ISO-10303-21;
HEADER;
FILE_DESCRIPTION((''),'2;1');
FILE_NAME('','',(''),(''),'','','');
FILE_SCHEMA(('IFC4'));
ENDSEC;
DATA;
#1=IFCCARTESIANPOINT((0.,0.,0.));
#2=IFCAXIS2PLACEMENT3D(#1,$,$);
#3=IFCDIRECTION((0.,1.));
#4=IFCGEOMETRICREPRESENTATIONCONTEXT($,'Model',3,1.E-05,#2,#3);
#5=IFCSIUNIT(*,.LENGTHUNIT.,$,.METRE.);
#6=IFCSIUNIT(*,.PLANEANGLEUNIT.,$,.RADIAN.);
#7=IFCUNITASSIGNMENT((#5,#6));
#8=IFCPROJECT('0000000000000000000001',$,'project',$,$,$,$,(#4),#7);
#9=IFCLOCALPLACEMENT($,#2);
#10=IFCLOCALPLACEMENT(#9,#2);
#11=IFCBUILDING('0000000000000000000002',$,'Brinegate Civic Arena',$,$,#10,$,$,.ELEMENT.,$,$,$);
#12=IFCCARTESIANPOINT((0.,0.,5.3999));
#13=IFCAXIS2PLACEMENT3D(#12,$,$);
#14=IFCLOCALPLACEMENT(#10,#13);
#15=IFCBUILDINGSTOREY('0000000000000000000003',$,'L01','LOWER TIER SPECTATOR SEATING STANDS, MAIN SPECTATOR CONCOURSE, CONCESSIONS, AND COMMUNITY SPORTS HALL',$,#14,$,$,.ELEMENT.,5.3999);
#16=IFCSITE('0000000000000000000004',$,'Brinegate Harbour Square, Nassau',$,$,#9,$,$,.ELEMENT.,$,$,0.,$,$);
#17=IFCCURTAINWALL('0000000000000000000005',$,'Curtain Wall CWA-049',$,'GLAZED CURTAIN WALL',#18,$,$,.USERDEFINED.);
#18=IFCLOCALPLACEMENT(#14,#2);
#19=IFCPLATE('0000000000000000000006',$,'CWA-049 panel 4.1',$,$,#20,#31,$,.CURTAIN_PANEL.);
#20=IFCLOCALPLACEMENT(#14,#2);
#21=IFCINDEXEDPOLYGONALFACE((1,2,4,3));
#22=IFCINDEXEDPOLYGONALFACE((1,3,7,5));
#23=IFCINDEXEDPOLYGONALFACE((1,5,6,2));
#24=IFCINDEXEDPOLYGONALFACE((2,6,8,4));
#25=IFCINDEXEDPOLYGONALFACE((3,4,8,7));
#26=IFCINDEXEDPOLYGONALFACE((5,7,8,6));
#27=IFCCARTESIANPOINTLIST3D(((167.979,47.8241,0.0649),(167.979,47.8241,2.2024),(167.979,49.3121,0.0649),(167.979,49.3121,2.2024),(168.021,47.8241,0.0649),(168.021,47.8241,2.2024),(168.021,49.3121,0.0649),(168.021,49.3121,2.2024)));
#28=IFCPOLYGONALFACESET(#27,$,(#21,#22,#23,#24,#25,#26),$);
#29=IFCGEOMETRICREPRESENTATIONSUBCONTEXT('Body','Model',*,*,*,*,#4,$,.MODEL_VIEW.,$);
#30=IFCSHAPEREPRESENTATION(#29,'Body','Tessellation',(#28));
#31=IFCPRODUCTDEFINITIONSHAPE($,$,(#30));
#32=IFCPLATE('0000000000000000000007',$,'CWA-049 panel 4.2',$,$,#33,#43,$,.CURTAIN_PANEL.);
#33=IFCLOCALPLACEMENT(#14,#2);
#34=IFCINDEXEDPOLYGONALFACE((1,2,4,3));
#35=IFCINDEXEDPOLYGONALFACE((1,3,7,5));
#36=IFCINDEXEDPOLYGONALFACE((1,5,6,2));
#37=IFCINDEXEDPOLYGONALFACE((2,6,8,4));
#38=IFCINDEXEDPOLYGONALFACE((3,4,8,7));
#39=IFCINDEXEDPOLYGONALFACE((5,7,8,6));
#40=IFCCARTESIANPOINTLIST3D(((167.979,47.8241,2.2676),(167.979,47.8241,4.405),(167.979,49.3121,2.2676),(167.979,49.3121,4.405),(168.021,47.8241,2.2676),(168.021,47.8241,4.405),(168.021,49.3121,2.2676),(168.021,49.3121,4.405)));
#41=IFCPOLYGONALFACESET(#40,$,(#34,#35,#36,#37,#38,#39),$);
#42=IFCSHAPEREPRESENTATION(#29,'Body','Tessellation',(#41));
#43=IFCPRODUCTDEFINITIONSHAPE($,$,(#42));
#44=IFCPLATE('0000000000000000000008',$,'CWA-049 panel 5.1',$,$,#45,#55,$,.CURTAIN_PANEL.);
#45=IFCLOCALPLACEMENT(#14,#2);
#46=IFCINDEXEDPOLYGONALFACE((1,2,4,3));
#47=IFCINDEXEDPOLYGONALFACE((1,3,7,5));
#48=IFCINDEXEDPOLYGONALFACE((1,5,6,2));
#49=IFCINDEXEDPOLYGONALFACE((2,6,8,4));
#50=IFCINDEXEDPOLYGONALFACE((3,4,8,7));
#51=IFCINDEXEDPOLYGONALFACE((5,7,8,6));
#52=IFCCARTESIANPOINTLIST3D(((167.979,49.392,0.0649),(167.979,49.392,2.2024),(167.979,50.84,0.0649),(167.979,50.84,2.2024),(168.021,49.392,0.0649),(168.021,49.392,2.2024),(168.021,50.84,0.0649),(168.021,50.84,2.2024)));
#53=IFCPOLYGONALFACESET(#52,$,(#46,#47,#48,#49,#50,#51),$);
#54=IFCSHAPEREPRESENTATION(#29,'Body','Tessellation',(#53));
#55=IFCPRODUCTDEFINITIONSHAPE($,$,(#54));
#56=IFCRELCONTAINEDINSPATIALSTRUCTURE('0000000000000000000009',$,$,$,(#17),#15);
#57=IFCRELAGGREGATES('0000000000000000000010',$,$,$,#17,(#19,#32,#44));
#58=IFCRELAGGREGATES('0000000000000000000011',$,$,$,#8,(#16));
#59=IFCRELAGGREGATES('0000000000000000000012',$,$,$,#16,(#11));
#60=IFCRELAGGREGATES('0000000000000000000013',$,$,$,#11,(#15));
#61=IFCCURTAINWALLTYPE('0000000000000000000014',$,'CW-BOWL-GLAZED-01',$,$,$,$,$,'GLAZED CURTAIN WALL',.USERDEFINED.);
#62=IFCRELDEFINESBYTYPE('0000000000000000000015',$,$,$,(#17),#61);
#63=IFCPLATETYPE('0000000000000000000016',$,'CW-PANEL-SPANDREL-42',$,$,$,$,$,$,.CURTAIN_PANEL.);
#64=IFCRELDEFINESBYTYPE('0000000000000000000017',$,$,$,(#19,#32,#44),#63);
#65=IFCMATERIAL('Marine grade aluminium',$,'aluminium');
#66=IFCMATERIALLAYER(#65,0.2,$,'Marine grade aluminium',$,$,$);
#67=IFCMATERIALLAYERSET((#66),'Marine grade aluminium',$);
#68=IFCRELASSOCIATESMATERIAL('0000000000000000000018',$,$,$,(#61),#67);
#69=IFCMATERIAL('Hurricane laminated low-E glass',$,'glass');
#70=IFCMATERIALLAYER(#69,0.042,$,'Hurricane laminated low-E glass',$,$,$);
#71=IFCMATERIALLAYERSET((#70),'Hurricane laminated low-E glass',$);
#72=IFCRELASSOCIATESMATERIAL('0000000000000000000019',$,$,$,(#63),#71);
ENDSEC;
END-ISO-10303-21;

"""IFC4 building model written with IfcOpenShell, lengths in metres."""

from ifc_helpers import new_model, si_unit, direction, frame, origin, origin_2d, place, context, subcontext, project, spatial, rectangle, extrude, material, layer, layer_set, type_object, element, aggregate, save


model = new_model("IFC4")

# Units and contexts
model_context = context("Model", 3, precision=1e-05, world=origin(), true_north=direction((0.0, 1.0)))
body_context = subcontext(model_context, "Body", "Model", "MODEL_VIEW")
ifc_project = project(units=[si_unit("LENGTHUNIT", "METRE"), si_unit("PLANEANGLEUNIT", "RADIAN")], contexts=[model_context])

# Site, building, storey
site_placement = place(None, origin())
site = spatial("IfcSite", under=ifc_project, at=site_placement, Name="Brinegate Harbour Square, Nassau", CompositionType="ELEMENT", RefElevation=0.0)
building_placement = place(site_placement, origin())
building = spatial("IfcBuilding", under=site, at=building_placement, Name="Brinegate Civic Arena", CompositionType="ELEMENT")
storey_placement = place(building_placement, frame((0.0, 0.0, 5.3999)))
storey = spatial("IfcBuildingStorey", under=building, at=storey_placement, Name="L01", Description="LOWER TIER SPECTATOR SEATING STANDS, MAIN SPECTATOR CONCOURSE, CONCESSIONS, AND COMMUNITY SPORTS HALL", CompositionType="ELEMENT", Elevation=5.3999)

# Curtain wall, plates
ifc_material_1 = material(Name="Marine grade aluminium", Category="aluminium")
ifc_layer_1 = layer(ifc_material_1, 0.2, Name="Marine grade aluminium")
ifc_layer_set_1 = layer_set([ifc_layer_1], Name="Marine grade aluminium")
curtain_wall_type = type_object("IfcCurtainWallType", Name="CW-BOWL-GLAZED-01", ElementType="GLAZED CURTAIN WALL", PredefinedType="USERDEFINED", material=ifc_layer_set_1)
curtain_wall_placement = place(storey_placement, origin())
curtain_wall = element("IfcCurtainWall", 1, at=curtain_wall_placement, inside=storey, type_object=curtain_wall_type, Name="Curtain Wall CWA-049", ObjectType="GLAZED CURTAIN WALL", PredefinedType="USERDEFINED")
ifc_material_2 = material(Name="Hurricane laminated low-E glass", Category="glass")
ifc_layer_2 = layer(ifc_material_2, 0.042, Name="Hurricane laminated low-E glass")
ifc_layer_set_2 = layer_set([ifc_layer_2], Name="Hurricane laminated low-E glass")
plate_type = type_object("IfcPlateType", Name="CW-PANEL-SPANDREL-42", PredefinedType="CURTAIN_PANEL", material=ifc_layer_set_2)
plate_1_placement = place(storey_placement, frame((168.0, 48.5681, 0.0649), z_axis=(0.0, 0.0, 1.0), x_axis=(0.0, 1.0, 0.0)))
plate_1 = element("IfcPlate", 2, at=plate_1_placement, type_object=plate_type, Name="CWA-049 panel 4.1", PredefinedType="CURTAIN_PANEL", context=body_context, shape_type="SweptSolid", body=[
    extrude(rectangle(XDim=1.488, YDim=0.042, at=origin_2d()), origin(), (0.0, 0.0, 1.0), 2.1375),
])
plate_2_placement = place(storey_placement, frame((168.0, 48.5681, 2.2676), z_axis=(0.0, 0.0, 1.0), x_axis=(0.0, 1.0, 0.0)))
plate_2 = element("IfcPlate", 3, at=plate_2_placement, type_object=plate_type, Name="CWA-049 panel 4.2", PredefinedType="CURTAIN_PANEL", context=body_context, shape_type="SweptSolid", body=[
    extrude(rectangle(XDim=1.488, YDim=0.042, at=origin_2d()), origin(), (0.0, 0.0, 1.0), 2.1375),
])
plate_3_placement = place(storey_placement, frame((168.0, 50.116, 0.0649), z_axis=(0.0, 0.0, 1.0), x_axis=(0.0, 1.0, 0.0)))
plate_3 = element("IfcPlate", 4, at=plate_3_placement, type_object=plate_type, Name="CWA-049 panel 5.1", PredefinedType="CURTAIN_PANEL", context=body_context, shape_type="SweptSolid", body=[
    extrude(rectangle(XDim=1.448, YDim=0.042, at=origin_2d()), origin(), (0.0, 0.0, 1.0), 2.1375),
])
aggregate(curtain_wall, [plate_1, plate_2, plate_3])

save(model, "model.ifc")
